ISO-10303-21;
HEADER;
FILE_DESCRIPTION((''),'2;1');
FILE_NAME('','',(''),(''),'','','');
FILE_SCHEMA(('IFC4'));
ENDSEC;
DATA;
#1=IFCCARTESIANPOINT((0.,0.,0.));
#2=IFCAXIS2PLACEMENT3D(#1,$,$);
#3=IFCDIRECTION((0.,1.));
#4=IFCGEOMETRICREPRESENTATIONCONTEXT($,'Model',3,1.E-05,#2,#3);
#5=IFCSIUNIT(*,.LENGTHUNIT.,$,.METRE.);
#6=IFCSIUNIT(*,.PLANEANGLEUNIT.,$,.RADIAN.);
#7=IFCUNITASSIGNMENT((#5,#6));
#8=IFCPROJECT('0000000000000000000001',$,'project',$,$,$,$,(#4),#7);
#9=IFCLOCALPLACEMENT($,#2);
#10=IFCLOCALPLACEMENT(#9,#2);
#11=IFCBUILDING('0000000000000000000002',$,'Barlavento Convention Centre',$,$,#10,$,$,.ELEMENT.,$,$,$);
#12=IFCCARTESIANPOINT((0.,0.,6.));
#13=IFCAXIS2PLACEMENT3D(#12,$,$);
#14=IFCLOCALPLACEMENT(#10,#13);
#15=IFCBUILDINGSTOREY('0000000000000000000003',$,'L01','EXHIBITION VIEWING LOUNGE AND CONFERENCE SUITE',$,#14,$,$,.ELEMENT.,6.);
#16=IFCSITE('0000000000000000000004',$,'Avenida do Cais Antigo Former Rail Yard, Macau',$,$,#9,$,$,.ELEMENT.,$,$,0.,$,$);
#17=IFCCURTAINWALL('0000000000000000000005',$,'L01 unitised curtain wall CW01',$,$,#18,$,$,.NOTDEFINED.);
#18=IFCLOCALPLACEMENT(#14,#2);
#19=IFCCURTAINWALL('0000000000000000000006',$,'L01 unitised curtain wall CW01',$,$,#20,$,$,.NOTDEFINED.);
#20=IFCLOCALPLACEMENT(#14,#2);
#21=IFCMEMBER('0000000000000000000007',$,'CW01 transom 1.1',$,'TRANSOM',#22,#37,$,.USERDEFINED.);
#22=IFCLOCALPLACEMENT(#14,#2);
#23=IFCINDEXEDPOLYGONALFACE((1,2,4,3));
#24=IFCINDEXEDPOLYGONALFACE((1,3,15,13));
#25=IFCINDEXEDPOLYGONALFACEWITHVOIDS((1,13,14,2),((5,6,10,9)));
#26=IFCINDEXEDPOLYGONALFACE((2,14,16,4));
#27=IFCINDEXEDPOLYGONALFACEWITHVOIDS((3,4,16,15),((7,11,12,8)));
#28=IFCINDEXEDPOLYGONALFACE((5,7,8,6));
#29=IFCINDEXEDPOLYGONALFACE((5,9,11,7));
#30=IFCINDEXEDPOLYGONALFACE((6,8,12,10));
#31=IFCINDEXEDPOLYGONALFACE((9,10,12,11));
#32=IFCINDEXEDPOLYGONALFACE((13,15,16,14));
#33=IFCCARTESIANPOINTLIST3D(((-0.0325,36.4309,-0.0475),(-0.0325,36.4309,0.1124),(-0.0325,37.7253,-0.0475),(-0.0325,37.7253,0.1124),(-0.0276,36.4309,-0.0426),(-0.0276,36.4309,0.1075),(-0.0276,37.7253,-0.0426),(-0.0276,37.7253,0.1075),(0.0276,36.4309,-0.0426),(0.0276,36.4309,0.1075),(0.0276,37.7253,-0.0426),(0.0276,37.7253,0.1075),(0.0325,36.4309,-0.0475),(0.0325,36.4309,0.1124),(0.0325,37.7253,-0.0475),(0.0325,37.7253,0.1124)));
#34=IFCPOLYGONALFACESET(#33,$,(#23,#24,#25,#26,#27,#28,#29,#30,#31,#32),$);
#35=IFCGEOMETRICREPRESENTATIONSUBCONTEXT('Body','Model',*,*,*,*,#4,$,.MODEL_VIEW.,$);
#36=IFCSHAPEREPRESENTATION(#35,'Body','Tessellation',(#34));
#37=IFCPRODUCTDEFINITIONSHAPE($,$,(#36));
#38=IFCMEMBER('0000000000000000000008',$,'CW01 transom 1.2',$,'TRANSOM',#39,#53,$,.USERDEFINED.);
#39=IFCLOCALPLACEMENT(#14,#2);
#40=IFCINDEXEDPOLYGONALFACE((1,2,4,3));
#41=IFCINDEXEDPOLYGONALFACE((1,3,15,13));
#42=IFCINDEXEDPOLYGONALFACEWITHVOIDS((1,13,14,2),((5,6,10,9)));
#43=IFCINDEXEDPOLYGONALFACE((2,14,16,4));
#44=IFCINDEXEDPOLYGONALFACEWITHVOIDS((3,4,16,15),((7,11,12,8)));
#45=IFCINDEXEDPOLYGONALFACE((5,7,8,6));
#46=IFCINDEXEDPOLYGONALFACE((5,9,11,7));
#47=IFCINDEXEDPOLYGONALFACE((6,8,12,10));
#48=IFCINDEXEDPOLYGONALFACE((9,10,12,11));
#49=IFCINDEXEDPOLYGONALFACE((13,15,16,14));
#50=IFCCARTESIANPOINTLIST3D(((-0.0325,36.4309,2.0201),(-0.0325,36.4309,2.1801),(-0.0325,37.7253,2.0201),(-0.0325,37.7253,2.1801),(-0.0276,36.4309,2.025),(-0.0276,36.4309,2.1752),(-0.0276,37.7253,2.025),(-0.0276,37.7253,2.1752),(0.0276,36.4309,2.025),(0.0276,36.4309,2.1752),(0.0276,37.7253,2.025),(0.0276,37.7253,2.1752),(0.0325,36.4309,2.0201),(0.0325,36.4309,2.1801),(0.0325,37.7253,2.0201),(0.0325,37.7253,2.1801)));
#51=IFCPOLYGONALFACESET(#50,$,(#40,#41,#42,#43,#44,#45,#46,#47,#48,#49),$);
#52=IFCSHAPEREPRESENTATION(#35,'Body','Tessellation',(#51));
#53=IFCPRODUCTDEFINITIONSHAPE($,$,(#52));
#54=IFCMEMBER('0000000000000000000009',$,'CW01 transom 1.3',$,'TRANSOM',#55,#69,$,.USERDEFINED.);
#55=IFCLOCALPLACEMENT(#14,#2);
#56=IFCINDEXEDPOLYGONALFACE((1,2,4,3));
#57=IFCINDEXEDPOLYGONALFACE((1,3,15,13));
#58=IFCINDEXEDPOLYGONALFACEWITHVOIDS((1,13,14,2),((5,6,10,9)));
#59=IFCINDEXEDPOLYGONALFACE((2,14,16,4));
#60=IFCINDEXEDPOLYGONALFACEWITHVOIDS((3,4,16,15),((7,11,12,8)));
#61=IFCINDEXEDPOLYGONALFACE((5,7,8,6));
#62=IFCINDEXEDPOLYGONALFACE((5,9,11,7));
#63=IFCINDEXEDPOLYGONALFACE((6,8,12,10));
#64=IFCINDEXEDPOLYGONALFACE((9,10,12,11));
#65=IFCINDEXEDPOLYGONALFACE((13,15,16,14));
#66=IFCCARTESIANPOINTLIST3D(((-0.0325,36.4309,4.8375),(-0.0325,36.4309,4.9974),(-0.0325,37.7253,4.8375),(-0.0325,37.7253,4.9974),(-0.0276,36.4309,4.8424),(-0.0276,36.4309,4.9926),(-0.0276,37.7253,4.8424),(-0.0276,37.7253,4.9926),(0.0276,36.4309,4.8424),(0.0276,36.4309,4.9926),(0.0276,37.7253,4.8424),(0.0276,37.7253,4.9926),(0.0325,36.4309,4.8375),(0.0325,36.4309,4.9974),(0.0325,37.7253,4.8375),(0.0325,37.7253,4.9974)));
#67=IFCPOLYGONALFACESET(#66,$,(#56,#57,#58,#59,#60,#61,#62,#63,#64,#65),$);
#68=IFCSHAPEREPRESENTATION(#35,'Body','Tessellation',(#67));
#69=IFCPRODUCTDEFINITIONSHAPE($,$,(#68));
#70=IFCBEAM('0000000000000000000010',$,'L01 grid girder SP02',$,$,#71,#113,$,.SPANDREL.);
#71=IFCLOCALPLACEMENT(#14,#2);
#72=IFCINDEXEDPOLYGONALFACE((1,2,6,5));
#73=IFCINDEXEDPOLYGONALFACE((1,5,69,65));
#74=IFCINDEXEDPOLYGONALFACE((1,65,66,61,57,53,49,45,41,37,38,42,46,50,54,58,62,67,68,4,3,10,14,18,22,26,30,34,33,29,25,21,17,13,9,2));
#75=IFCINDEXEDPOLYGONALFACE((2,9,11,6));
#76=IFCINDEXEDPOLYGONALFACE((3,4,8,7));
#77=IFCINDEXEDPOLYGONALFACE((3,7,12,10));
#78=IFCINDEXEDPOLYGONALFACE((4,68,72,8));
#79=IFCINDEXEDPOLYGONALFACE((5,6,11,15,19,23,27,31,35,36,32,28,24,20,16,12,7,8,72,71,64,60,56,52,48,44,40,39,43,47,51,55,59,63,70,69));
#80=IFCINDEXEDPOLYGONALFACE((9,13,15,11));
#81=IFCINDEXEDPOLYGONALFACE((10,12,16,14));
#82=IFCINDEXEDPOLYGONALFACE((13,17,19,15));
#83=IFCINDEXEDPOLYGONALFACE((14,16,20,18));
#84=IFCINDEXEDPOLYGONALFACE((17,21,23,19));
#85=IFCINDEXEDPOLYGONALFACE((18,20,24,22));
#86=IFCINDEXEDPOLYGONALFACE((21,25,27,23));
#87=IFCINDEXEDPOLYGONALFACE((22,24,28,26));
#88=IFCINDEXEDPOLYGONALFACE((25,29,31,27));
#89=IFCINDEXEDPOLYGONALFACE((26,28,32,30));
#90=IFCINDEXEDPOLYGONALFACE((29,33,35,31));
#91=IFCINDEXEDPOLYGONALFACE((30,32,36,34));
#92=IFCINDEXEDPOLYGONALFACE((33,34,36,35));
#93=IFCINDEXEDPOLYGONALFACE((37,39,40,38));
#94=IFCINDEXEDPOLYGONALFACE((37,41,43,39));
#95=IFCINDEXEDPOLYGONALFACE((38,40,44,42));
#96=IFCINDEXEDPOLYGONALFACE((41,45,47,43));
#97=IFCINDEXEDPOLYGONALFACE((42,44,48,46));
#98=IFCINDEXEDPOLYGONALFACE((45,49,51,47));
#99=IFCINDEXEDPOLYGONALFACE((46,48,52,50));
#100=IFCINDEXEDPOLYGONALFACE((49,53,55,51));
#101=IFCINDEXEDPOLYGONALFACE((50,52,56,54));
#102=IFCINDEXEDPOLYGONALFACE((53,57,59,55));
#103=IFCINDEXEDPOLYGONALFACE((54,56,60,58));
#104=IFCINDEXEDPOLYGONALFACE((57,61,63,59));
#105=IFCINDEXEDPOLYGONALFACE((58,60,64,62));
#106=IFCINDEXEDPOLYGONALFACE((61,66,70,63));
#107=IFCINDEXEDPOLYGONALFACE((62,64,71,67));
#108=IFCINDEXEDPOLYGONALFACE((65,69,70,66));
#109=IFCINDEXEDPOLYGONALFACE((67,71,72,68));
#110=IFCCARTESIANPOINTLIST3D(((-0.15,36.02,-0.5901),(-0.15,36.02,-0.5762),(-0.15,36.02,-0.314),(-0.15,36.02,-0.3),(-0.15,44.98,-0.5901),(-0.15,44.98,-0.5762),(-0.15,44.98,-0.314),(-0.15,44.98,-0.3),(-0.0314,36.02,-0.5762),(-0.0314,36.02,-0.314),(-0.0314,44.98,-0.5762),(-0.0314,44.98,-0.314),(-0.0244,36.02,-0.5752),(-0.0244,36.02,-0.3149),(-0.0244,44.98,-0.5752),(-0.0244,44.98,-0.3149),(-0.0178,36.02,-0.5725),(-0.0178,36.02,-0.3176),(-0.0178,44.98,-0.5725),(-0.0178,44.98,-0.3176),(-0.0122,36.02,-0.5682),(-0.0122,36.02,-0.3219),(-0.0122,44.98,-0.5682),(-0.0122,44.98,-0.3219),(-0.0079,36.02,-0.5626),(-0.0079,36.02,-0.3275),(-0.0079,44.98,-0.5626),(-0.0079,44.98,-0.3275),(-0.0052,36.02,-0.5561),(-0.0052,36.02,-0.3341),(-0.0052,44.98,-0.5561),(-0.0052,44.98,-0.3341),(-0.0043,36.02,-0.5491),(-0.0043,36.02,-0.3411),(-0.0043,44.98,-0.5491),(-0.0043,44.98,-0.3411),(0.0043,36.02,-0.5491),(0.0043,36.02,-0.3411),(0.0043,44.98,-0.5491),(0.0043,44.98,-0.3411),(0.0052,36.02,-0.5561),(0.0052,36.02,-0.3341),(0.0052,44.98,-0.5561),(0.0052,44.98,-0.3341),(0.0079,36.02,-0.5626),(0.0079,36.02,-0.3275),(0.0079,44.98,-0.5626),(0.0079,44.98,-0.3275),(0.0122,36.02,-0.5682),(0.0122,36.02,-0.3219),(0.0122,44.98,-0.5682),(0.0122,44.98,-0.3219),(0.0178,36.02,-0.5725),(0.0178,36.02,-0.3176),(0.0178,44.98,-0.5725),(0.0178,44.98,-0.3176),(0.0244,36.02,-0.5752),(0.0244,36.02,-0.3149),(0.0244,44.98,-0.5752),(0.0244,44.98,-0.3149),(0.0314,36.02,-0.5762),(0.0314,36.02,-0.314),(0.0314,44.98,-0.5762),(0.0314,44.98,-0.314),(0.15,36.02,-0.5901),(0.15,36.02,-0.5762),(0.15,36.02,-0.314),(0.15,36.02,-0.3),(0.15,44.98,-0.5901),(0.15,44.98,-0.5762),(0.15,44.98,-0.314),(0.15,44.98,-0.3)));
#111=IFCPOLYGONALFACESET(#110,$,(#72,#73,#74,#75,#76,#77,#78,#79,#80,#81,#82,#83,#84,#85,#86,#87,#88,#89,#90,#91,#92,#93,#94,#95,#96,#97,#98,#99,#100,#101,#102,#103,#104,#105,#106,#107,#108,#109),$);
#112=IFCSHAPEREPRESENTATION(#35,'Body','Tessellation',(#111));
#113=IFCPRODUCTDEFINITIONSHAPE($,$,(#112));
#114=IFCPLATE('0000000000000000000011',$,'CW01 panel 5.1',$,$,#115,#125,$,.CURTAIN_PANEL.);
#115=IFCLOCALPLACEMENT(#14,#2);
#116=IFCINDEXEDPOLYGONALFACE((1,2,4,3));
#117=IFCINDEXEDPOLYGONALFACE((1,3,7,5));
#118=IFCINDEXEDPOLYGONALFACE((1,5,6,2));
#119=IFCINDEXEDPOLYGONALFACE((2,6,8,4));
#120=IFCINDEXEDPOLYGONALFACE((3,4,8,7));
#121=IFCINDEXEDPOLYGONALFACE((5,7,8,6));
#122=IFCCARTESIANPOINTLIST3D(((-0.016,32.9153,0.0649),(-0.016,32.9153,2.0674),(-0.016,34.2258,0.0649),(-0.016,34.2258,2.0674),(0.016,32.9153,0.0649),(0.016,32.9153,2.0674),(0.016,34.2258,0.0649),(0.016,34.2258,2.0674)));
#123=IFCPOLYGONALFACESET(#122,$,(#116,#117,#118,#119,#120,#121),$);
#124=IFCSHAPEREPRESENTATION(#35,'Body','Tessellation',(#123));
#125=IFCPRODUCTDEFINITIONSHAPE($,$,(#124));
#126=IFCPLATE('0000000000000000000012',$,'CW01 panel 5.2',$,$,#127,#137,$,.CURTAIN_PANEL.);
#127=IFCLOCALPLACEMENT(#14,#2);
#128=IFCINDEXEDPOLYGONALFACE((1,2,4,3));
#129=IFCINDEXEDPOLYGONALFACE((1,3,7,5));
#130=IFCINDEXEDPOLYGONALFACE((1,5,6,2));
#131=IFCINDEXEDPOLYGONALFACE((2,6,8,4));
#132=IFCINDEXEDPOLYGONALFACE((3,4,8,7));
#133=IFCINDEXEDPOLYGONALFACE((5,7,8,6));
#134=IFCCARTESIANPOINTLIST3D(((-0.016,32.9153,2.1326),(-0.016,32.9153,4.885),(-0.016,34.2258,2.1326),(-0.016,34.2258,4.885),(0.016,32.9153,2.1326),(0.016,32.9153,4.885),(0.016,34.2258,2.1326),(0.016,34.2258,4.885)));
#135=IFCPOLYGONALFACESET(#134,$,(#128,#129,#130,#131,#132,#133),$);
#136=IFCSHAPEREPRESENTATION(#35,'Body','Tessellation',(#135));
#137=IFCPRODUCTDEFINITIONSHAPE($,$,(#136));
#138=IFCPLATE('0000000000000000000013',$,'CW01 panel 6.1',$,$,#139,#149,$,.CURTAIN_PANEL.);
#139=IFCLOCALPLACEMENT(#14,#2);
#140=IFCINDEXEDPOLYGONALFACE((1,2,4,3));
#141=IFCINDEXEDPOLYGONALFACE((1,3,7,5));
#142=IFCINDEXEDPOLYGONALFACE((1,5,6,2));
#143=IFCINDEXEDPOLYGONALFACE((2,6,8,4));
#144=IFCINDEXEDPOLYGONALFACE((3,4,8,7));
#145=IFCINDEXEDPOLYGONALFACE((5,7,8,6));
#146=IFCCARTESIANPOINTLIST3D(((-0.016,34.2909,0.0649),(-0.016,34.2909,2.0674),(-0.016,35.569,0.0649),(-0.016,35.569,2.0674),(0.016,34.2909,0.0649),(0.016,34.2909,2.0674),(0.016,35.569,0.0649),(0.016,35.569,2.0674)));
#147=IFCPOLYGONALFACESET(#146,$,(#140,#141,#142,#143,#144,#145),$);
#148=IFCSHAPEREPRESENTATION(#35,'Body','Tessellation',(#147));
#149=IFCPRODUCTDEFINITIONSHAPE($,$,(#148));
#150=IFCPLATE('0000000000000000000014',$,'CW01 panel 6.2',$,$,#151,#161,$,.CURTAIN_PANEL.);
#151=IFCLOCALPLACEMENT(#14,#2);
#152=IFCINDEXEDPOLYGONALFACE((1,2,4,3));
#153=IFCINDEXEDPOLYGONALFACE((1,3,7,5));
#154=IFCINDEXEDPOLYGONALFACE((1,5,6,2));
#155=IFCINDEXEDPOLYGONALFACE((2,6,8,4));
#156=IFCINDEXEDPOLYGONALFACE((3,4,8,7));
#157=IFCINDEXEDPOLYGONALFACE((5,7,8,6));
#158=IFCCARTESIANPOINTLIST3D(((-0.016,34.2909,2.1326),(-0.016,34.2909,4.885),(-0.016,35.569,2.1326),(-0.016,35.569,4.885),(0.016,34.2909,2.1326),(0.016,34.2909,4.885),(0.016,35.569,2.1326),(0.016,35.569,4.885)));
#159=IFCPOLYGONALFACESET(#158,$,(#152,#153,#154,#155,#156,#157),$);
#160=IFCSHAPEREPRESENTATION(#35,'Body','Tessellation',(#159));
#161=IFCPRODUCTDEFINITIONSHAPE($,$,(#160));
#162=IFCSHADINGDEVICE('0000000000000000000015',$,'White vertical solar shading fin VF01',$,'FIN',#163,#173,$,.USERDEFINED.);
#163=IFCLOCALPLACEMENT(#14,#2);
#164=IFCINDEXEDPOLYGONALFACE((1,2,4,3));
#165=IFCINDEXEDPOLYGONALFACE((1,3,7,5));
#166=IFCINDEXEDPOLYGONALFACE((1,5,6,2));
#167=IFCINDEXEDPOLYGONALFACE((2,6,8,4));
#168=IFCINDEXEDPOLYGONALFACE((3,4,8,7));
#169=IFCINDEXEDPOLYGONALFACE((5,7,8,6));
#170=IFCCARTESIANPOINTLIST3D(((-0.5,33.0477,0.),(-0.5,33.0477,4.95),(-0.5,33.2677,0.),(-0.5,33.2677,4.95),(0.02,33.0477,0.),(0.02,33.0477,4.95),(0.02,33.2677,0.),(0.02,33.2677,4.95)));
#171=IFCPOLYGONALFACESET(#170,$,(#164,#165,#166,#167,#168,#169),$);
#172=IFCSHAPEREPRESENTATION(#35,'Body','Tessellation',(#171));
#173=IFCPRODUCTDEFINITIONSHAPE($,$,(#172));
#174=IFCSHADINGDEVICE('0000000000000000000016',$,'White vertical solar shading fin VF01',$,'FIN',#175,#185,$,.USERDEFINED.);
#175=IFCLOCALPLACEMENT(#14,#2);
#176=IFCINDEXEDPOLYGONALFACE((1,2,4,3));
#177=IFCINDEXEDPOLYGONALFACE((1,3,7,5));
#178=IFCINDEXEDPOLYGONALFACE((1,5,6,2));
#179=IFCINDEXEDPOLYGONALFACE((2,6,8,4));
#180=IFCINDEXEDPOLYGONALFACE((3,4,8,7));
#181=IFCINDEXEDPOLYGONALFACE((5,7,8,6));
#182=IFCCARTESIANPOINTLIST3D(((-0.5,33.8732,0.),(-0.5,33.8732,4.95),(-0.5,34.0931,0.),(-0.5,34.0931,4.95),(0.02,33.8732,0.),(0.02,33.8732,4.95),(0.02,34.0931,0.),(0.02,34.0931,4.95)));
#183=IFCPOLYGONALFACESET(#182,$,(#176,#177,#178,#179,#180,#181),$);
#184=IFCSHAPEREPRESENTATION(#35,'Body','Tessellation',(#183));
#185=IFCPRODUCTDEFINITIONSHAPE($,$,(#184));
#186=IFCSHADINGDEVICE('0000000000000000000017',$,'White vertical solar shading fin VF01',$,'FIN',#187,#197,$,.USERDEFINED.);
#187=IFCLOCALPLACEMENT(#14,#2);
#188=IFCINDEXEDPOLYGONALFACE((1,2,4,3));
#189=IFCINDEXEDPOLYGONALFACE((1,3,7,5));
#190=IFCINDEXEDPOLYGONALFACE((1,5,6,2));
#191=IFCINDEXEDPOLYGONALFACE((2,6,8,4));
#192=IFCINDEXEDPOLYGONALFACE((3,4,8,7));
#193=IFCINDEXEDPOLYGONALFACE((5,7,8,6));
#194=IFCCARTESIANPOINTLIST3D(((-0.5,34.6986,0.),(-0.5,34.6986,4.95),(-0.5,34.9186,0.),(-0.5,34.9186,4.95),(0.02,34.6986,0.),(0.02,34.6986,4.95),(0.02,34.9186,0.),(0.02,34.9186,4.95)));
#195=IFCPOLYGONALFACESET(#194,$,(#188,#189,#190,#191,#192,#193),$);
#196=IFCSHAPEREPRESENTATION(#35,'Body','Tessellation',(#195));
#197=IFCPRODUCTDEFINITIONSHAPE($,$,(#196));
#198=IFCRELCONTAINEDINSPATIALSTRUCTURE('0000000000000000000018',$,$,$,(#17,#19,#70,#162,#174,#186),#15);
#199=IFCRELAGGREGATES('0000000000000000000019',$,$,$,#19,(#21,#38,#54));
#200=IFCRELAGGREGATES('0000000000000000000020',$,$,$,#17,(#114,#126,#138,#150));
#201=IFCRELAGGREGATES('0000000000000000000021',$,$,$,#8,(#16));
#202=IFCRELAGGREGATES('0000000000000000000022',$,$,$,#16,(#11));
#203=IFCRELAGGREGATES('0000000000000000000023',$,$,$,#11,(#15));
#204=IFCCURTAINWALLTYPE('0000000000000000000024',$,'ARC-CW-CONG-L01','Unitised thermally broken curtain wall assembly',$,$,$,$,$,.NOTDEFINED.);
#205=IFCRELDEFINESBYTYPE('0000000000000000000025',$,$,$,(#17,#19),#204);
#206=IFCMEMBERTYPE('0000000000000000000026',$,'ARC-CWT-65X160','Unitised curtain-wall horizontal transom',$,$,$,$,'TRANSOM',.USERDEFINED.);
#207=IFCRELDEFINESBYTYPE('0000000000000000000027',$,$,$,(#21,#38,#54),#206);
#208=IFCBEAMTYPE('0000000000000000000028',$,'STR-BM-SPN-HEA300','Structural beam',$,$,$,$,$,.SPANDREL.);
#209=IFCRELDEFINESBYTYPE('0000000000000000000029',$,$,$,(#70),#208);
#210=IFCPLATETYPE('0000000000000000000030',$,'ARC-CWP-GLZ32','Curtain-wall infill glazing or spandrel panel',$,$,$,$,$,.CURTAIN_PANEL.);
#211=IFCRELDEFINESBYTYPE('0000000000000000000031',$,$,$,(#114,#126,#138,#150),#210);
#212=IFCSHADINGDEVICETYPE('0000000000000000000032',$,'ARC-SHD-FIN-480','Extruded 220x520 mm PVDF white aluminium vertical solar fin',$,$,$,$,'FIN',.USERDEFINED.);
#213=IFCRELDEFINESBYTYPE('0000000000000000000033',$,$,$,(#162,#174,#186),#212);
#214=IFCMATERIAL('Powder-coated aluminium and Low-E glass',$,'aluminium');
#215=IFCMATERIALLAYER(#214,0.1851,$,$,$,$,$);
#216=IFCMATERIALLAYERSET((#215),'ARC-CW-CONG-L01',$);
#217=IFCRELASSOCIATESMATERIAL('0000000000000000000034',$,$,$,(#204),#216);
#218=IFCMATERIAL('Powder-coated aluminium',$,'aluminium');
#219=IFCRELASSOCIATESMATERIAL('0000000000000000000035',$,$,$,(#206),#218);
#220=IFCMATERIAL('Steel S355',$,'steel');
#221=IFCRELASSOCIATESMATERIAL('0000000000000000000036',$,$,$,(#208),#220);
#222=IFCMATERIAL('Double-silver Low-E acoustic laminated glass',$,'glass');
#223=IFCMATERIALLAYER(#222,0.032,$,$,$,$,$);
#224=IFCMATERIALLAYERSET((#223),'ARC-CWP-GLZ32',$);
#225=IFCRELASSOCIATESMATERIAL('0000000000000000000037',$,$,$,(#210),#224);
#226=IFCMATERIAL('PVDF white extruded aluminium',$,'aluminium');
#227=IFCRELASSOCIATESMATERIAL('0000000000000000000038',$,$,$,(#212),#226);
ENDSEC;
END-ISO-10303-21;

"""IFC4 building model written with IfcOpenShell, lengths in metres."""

from ifc_helpers import new_model, si_unit, direction, frame, origin, origin_2d, place, context, subcontext, project, spatial, rectangle, hollow_rectangle, i_section, extrude, material, layer, layer_set, material_profile, profile_set, type_object, element, aggregate, save


model = new_model("IFC4")

# Units and contexts
model_context = context("Model", 3, precision=1e-05, world=origin(), true_north=direction((0.0, 1.0)))
body_context = subcontext(model_context, "Body", "Model", "MODEL_VIEW")
ifc_project = project(units=[si_unit("LENGTHUNIT", "METRE"), si_unit("PLANEANGLEUNIT", "RADIAN")], contexts=[model_context])

# Site, building, storey
site_placement = place(None, origin())
site = spatial("IfcSite", under=ifc_project, at=site_placement, Name="Avenida do Cais Antigo Former Rail Yard, Macau", CompositionType="ELEMENT", RefElevation=0.0)
building_placement = place(site_placement, origin())
building = spatial("IfcBuilding", under=site, at=building_placement, Name="Barlavento Convention Centre", CompositionType="ELEMENT")
storey_placement = place(building_placement, frame((0.0, 0.0, 6.0)))
storey = spatial("IfcBuildingStorey", under=building, at=storey_placement, Name="L01", Description="EXHIBITION VIEWING LOUNGE AND CONFERENCE SUITE", CompositionType="ELEMENT", Elevation=6.0)

# Shared definitions
ifc_material_1 = material(Name="Steel S355", Category="steel")

# Curtain wall
ifc_material_2 = material(Name="Powder-coated aluminium and Low-E glass", Category="aluminium")
ifc_layer_1 = layer(ifc_material_2, 0.1851)
ifc_layer_set_1 = layer_set([ifc_layer_1], Name="ARC-CW-CONG-L01")
curtain_wall_type = type_object("IfcCurtainWallType", Name="ARC-CW-CONG-L01", Description="Unitised thermally broken curtain wall assembly", PredefinedType="NOTDEFINED", material=ifc_layer_set_1)
curtain_wall_1_placement = place(storey_placement, origin())
curtain_wall_1 = element("IfcCurtainWall", 1, at=curtain_wall_1_placement, inside=storey, type_object=curtain_wall_type, Name="L01 unitised curtain wall CW01", PredefinedType="NOTDEFINED")
ifc_material_3 = material(Name="Powder-coated aluminium", Category="aluminium")

# Curtain wall
curtain_wall_2_placement = place(storey_placement, origin())
curtain_wall_2 = element("IfcCurtainWall", 2, at=curtain_wall_2_placement, inside=storey, type_object=curtain_wall_type, Name="L01 unitised curtain wall CW01", PredefinedType="NOTDEFINED")

# Members
ifc_material_profile_1 = material_profile(ifc_material_3, hollow_rectangle(XDim=0.0649, YDim=0.1599, WallThickness=0.0049, at=origin_2d()), Name="AL-TRAN 65x160x5")
ifc_profile_set_1 = profile_set([ifc_material_profile_1], Name="Powder-coated aluminium")
member_type_1 = type_object("IfcMemberType", Name="ARC-CWT-65X160", Description="Unitised curtain-wall horizontal transom", ElementType="TRANSOM", PredefinedType="USERDEFINED", material=ifc_profile_set_1)
member_1_placement = place(storey_placement, frame((0.0, 36.4309, 0.0325), z_axis=(0.0, 1.0, 0.0), x_axis=(-1.0, 0.0, 0.0)))
member_1 = element("IfcMember", 3, at=member_1_placement, type_object=member_type_1, Name="CW01 transom 1.1", ObjectType="TRANSOM", PredefinedType="USERDEFINED", context=body_context, shape_type="SweptSolid", body=[
    extrude(hollow_rectangle(XDim=0.0649, YDim=0.1599, WallThickness=0.0049, at=origin_2d()), origin(), (0.0, 0.0, 1.0), 1.2944),
])
member_2_placement = place(storey_placement, frame((0.0, 36.4309, 2.1001), z_axis=(0.0, 1.0, 0.0), x_axis=(-1.0, 0.0, 0.0)))
member_2 = element("IfcMember", 4, at=member_2_placement, type_object=member_type_1, Name="CW01 transom 1.2", ObjectType="TRANSOM", PredefinedType="USERDEFINED", context=body_context, shape_type="SweptSolid", body=[
    extrude(hollow_rectangle(XDim=0.0649, YDim=0.1599, WallThickness=0.0049, at=origin_2d()), origin(), (0.0, 0.0, 1.0), 1.2944),
])
member_3_placement = place(storey_placement, frame((0.0, 36.4309, 4.9175), z_axis=(0.0, 1.0, 0.0), x_axis=(-1.0, 0.0, 0.0)))
member_3 = element("IfcMember", 5, at=member_3_placement, type_object=member_type_1, Name="CW01 transom 1.3", ObjectType="TRANSOM", PredefinedType="USERDEFINED", context=body_context, shape_type="SweptSolid", body=[
    extrude(hollow_rectangle(XDim=0.0649, YDim=0.1599, WallThickness=0.0049, at=origin_2d()), origin(), (0.0, 0.0, 1.0), 1.2944),
])
aggregate(curtain_wall_2, [member_1, member_2, member_3])

# Beam
ifc_material_profile_2 = material_profile(ifc_material_1, i_section(OverallWidth=0.3, OverallDepth=0.29, WebThickness=0.0085, FlangeThickness=0.0139, FilletRadius=0.0271, at=origin_2d()), Name="HEA 300")
ifc_profile_set_2 = profile_set([ifc_material_profile_2], Name="Steel S355")
beam_type = type_object("IfcBeamType", Name="STR-BM-SPN-HEA300", Description="Structural beam", PredefinedType="SPANDREL", material=ifc_profile_set_2)
beam_placement = place(storey_placement, frame((0.0, 36.02, -0.4451), z_axis=(0.0, 1.0, 0.0), x_axis=(-1.0, 0.0, 0.0)))
element("IfcBeam", 6, at=beam_placement, inside=storey, type_object=beam_type, Name="L01 grid girder SP02", PredefinedType="SPANDREL", context=body_context, shape_type="SweptSolid", body=[
    extrude(i_section(OverallWidth=0.3, OverallDepth=0.29, WebThickness=0.0085, FlangeThickness=0.0139, FilletRadius=0.0271, at=origin_2d()), origin(), (0.0, 0.0, 1.0), 8.96),
])

# Plates
ifc_material_4 = material(Name="Double-silver Low-E acoustic laminated glass", Category="glass")
ifc_layer_2 = layer(ifc_material_4, 0.032)
ifc_layer_set_2 = layer_set([ifc_layer_2], Name="ARC-CWP-GLZ32")
plate_type = type_object("IfcPlateType", Name="ARC-CWP-GLZ32", Description="Curtain-wall infill glazing or spandrel panel", PredefinedType="CURTAIN_PANEL", material=ifc_layer_set_2)
plate_1_placement = place(storey_placement, frame((0.0, 33.5706, 0.0649), z_axis=(0.0, 0.0, 1.0), x_axis=(0.0, 1.0, 0.0)))
plate_1 = element("IfcPlate", 7, at=plate_1_placement, type_object=plate_type, Name="CW01 panel 5.1", PredefinedType="CURTAIN_PANEL", context=body_context, shape_type="SweptSolid", body=[
    extrude(rectangle(XDim=1.3105, YDim=0.032, at=origin_2d()), origin(), (0.0, 0.0, 1.0), 2.0024),
])
plate_2_placement = place(storey_placement, frame((0.0, 33.5706, 2.1326), z_axis=(0.0, 0.0, 1.0), x_axis=(0.0, 1.0, 0.0)))
plate_2 = element("IfcPlate", 8, at=plate_2_placement, type_object=plate_type, Name="CW01 panel 5.2", PredefinedType="CURTAIN_PANEL", context=body_context, shape_type="SweptSolid", body=[
    extrude(rectangle(XDim=1.3105, YDim=0.032, at=origin_2d()), origin(), (0.0, 0.0, 1.0), 2.7524),
])
plate_3_placement = place(storey_placement, frame((0.0, 34.9299, 0.0649), z_axis=(0.0, 0.0, 1.0), x_axis=(0.0, 1.0, 0.0)))
plate_3 = element("IfcPlate", 9, at=plate_3_placement, type_object=plate_type, Name="CW01 panel 6.1", PredefinedType="CURTAIN_PANEL", context=body_context, shape_type="SweptSolid", body=[
    extrude(rectangle(XDim=1.2781, YDim=0.032, at=origin_2d()), origin(), (0.0, 0.0, 1.0), 2.0024),
])
plate_4_placement = place(storey_placement, frame((0.0, 34.9299, 2.1326), z_axis=(0.0, 0.0, 1.0), x_axis=(0.0, 1.0, 0.0)))
plate_4 = element("IfcPlate", 10, at=plate_4_placement, type_object=plate_type, Name="CW01 panel 6.2", PredefinedType="CURTAIN_PANEL", context=body_context, shape_type="SweptSolid", body=[
    extrude(rectangle(XDim=1.2781, YDim=0.032, at=origin_2d()), origin(), (0.0, 0.0, 1.0), 2.7524),
])
aggregate(curtain_wall_1, [plate_1, plate_2, plate_3, plate_4])

# Shading devices
ifc_material_5 = material(Name="PVDF white extruded aluminium", Category="aluminium")
shading_device_type = type_object("IfcShadingDeviceType", Name="ARC-SHD-FIN-480", Description="Extruded 220x520 mm PVDF white aluminium vertical solar fin", ElementType="FIN", PredefinedType="USERDEFINED", material=ifc_material_5)
for number, where, z_axis, x_axis, name in (
    (11, (-0.24, 33.1577, 0.0), (0.0, 0.0, 1.0), (0.0, 1.0, 0.0), "White vertical solar shading fin VF01"),
    (12, (-0.24, 33.9832, 0.0), (0.0, 0.0, 1.0), (0.0, 1.0, 0.0), "White vertical solar shading fin VF01"),
    (13, (-0.24, 34.8086, 0.0), (0.0, 0.0, 1.0), (0.0, 1.0, 0.0), "White vertical solar shading fin VF01"),
):
    element("IfcShadingDevice", number, at=place(storey_placement, frame(where, z_axis=z_axis, x_axis=x_axis)), inside=storey, type_object=shading_device_type, Name=name, ObjectType="FIN", PredefinedType="USERDEFINED", context=body_context, shape_type="SweptSolid", body=[
        extrude(rectangle(XDim=0.22, YDim=0.52, at=origin_2d()), origin(), (0.0, 0.0, 1.0), 4.95),
    ])

save(model, "model.ifc")
